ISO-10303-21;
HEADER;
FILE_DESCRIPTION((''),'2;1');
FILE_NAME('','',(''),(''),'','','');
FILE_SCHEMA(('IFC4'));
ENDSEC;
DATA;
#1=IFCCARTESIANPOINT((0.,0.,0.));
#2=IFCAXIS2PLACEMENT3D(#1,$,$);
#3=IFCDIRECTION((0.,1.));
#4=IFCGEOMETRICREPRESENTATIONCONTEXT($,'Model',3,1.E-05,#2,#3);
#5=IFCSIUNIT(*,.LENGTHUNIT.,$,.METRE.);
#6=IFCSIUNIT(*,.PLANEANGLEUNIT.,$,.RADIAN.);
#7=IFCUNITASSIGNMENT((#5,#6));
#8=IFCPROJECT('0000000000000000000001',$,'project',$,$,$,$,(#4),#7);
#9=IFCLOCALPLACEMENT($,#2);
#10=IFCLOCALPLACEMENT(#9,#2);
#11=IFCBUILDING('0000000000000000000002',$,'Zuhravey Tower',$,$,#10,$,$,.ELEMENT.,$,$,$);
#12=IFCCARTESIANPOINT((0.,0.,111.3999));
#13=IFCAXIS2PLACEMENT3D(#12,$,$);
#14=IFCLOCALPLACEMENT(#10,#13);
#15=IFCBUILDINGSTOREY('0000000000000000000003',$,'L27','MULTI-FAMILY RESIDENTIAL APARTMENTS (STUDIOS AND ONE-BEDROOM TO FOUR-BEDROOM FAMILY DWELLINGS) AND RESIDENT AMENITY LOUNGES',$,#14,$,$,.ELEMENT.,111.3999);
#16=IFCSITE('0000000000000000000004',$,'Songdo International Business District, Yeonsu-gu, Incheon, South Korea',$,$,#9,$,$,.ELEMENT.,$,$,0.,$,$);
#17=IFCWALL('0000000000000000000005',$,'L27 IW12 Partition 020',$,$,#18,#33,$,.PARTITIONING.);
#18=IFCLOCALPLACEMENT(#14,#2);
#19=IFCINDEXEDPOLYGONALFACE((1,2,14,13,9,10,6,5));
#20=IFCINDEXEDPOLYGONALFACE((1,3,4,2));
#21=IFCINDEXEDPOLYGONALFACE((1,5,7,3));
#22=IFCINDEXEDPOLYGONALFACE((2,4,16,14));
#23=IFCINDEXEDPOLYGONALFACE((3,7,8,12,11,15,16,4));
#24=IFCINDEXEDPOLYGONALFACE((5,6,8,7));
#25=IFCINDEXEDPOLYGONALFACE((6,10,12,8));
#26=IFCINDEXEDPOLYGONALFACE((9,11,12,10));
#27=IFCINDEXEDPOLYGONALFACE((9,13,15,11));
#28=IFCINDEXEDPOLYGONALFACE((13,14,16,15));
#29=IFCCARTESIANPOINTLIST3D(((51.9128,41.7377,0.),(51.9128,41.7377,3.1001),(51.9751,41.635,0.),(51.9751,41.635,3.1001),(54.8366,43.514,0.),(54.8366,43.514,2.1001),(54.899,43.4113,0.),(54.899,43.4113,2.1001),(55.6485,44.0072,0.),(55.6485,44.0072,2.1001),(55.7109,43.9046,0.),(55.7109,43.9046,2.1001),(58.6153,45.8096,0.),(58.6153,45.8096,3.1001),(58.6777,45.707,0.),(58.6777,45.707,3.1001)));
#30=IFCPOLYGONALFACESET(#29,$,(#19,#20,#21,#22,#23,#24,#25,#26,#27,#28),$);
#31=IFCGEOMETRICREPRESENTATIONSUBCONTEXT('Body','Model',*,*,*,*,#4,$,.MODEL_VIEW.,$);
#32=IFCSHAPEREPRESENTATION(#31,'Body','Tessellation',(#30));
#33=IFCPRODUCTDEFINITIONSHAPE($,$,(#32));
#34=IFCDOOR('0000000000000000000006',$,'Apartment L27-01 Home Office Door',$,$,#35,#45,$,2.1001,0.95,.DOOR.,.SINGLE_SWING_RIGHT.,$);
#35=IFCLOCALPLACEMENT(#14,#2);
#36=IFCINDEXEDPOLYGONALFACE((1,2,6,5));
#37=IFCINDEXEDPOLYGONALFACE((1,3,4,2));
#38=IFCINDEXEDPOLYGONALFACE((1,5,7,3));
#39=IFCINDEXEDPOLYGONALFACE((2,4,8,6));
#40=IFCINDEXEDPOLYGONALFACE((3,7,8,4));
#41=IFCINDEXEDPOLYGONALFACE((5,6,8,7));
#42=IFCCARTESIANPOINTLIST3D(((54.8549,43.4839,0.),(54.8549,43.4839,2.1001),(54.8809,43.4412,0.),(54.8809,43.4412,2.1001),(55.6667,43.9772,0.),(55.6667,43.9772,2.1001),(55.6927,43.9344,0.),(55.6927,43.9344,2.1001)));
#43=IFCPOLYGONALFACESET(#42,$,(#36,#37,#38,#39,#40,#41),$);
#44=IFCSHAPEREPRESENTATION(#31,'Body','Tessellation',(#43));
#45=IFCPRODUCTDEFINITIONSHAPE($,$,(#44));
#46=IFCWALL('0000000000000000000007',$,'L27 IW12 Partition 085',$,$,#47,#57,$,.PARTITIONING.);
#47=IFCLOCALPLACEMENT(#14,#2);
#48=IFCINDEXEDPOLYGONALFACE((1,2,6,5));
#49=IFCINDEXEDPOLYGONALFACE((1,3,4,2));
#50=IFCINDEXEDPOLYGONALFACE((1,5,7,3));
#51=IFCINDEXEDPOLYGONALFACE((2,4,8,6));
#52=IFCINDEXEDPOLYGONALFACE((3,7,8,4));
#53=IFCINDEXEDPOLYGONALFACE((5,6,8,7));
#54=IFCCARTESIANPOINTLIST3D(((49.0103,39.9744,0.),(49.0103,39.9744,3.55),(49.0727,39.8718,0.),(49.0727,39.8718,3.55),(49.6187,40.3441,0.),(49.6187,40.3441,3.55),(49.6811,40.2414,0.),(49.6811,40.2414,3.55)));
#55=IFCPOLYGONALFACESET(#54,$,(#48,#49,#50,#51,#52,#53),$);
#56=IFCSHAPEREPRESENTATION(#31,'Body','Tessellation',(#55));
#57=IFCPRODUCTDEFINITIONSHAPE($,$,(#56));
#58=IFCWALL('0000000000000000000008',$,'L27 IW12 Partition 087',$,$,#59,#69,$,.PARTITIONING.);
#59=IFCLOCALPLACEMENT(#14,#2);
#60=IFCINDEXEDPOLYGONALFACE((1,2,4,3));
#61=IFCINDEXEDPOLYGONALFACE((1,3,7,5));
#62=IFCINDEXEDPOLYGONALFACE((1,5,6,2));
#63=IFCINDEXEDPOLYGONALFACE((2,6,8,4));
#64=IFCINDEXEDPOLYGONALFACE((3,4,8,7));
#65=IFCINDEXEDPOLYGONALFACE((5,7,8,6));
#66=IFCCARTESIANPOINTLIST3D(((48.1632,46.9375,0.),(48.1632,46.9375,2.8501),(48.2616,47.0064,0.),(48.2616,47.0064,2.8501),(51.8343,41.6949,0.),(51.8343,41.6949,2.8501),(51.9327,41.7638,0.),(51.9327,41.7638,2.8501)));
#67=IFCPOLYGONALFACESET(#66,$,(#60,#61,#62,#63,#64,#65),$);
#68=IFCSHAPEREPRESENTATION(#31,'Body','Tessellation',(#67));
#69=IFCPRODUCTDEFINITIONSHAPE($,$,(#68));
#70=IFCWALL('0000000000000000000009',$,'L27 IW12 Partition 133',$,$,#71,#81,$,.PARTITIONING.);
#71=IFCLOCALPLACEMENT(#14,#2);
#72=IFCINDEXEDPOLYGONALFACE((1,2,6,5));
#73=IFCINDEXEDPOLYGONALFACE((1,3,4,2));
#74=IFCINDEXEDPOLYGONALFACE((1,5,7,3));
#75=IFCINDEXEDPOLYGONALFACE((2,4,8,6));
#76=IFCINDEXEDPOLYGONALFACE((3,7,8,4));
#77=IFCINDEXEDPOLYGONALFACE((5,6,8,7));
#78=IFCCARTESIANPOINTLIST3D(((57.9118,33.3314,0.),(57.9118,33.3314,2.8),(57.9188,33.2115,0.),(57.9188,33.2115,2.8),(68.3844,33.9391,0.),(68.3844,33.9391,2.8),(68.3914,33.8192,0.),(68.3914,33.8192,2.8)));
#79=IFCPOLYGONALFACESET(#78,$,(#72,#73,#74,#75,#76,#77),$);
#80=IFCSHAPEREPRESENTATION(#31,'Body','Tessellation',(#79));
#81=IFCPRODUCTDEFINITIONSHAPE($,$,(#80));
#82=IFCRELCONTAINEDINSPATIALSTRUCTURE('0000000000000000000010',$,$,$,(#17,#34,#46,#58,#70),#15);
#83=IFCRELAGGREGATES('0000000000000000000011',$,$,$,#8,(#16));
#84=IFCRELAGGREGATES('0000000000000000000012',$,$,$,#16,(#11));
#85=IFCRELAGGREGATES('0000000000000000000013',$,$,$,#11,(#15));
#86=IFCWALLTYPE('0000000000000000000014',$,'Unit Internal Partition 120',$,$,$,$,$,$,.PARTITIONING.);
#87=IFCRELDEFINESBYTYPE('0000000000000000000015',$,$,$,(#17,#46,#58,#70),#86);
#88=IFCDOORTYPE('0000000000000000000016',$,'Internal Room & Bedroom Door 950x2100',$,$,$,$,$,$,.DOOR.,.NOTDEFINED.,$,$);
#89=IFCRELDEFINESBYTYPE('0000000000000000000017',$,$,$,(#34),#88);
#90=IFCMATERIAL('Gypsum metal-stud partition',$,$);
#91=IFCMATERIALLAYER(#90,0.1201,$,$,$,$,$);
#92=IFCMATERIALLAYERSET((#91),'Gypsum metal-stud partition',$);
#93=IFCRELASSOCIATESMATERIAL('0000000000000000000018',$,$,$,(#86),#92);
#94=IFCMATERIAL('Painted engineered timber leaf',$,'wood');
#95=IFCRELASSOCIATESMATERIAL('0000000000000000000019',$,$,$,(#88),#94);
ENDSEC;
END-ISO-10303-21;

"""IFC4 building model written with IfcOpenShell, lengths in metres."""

from ifc_helpers import new_model, si_unit, direction, frame, frame_2d, origin, place, context, subcontext, project, spatial, rectangle, extrude, material, layer, layer_set, type_object, element, fill, save


model = new_model("IFC4")

# Units and contexts
model_context = context("Model", 3, precision=1e-05, world=origin(), true_north=direction((0.0, 1.0)))
body_context = subcontext(model_context, "Body", "Model", "MODEL_VIEW")
ifc_project = project(units=[si_unit("LENGTHUNIT", "METRE"), si_unit("PLANEANGLEUNIT", "RADIAN")], contexts=[model_context])

# Site, building, storey
site_placement = place(None, origin())
site = spatial("IfcSite", under=ifc_project, at=site_placement, Name="Songdo International Business District, Yeonsu-gu, Incheon, South Korea", CompositionType="ELEMENT", RefElevation=0.0)
building_placement = place(site_placement, origin())
building = spatial("IfcBuilding", under=site, at=building_placement, Name="Zuhravey Tower", CompositionType="ELEMENT")
storey_placement = place(building_placement, frame((0.0, 0.0, 111.3999)))
storey = spatial("IfcBuildingStorey", under=building, at=storey_placement, Name="L27", Description="MULTI-FAMILY RESIDENTIAL APARTMENTS (STUDIOS AND ONE-BEDROOM TO FOUR-BEDROOM FAMILY DWELLINGS) AND RESIDENT AMENITY LOUNGES", CompositionType="ELEMENT", Elevation=111.3999)

# Wall, opening, door
ifc_material_1 = material(Name="Gypsum metal-stud partition")
ifc_layer_1 = layer(ifc_material_1, 0.1201)
ifc_layer_set_1 = layer_set([ifc_layer_1], Name="Gypsum metal-stud partition")
wall_type_1 = type_object("IfcWallType", Name="Unit Internal Partition 120", PredefinedType="PARTITIONING", material=ifc_layer_set_1)
wall_1_placement = place(storey_placement, frame((51.9438, 41.6863, 0.0), z_axis=(0.0, 0.0, 1.0), x_axis=(0.854642, 0.519217, 0.0)))
wall_1 = element("IfcWall", 1, at=wall_1_placement, inside=storey, type_object=wall_type_1, Name="L27 IW12 Partition 020", PredefinedType="PARTITIONING", context=body_context, shape_type="SweptSolid", body=[
    extrude(rectangle(XDim=7.8425, YDim=0.1201, at=frame_2d((3.9214, 0.0))), origin(), (0.0, 0.0, 1.0), 3.1001),
])
opening_1_placement = place(wall_1_placement, frame((3.4211, 0.0, 0.0)))
opening_1 = element("IfcOpeningElement", 2, at=opening_1_placement, cuts=wall_1, PredefinedType="OPENING", context=body_context, shape_type="SweptSolid", body=[
    extrude(rectangle(XDim=0.95, YDim=2.1001, at=frame_2d((0.4751, 1.05))), frame((0.0, 0.072, 0.0), z_axis=(0.0, -1.0, 0.0), x_axis=(1.0, 0.0, 0.0)), (0.0, 0.0, 1.0), 0.144),
])
ifc_material_2 = material(Name="Painted engineered timber leaf", Category="wood")
door_type_1 = type_object("IfcDoorType", Name="Internal Room & Bedroom Door 950x2100", OperationType="NOTDEFINED", PredefinedType="DOOR", material=ifc_material_2)
door_1_placement = place(opening_1_placement, origin())
door_1 = element("IfcDoor", 3, at=door_1_placement, inside=storey, type_object=door_type_1, Name="Apartment L27-01 Home Office Door", OperationType="SINGLE_SWING_RIGHT", OverallHeight=2.1001, OverallWidth=0.95, PredefinedType="DOOR", context=body_context, shape_type="SweptSolid", body=[
    extrude(rectangle(XDim=0.95, YDim=2.1001, at=frame_2d((0.4751, 1.05))), frame((0.0, 0.0249, 0.0), z_axis=(0.0, -1.0, 0.0), x_axis=(1.0, 0.0, 0.0)), (0.0, 0.0, 1.0), 0.05),
])
fill(opening_1, door_1)

# Walls
wall_2_placement = place(storey_placement, frame((49.0415, 39.9231, 0.0), z_axis=(0.0, 0.0, 1.0), x_axis=(0.854635, 0.519229, 0.0)))
element("IfcWall", 4, at=wall_2_placement, inside=storey, type_object=wall_type_1, Name="L27 IW12 Partition 085", PredefinedType="PARTITIONING", context=body_context, shape_type="SweptSolid", body=[
    extrude(rectangle(XDim=0.7119, YDim=0.1201, at=frame_2d((0.356, 0.0))), origin(), (0.0, 0.0, 1.0), 3.55),
])
wall_3_placement = place(storey_placement, frame((51.8835, 41.7292, 0.0), z_axis=(0.0, 0.0, 1.0), x_axis=(-0.573595, 0.819139, 0.0)))
element("IfcWall", 5, at=wall_3_placement, inside=storey, type_object=wall_type_1, Name="L27 IW12 Partition 087", PredefinedType="PARTITIONING", context=body_context, shape_type="SweptSolid", body=[
    extrude(rectangle(XDim=6.4001, YDim=0.1201, at=frame_2d((3.2002, 0.0))), origin(), (0.0, 0.0, 1.0), 2.8501),
])
wall_4_placement = place(storey_placement, frame((57.9153, 33.2715, 0.0), z_axis=(0.0, 0.0, 1.0), x_axis=(0.998321, 0.057927, 0.0)))
element("IfcWall", 6, at=wall_4_placement, inside=storey, type_object=wall_type_1, Name="L27 IW12 Partition 133", PredefinedType="PARTITIONING", context=body_context, shape_type="SweptSolid", body=[
    extrude(rectangle(XDim=10.4902, YDim=0.1201, at=frame_2d((5.2451, 0.0))), origin(), (0.0, 0.0, 1.0), 2.8),
])

save(model, "model.ifc")
